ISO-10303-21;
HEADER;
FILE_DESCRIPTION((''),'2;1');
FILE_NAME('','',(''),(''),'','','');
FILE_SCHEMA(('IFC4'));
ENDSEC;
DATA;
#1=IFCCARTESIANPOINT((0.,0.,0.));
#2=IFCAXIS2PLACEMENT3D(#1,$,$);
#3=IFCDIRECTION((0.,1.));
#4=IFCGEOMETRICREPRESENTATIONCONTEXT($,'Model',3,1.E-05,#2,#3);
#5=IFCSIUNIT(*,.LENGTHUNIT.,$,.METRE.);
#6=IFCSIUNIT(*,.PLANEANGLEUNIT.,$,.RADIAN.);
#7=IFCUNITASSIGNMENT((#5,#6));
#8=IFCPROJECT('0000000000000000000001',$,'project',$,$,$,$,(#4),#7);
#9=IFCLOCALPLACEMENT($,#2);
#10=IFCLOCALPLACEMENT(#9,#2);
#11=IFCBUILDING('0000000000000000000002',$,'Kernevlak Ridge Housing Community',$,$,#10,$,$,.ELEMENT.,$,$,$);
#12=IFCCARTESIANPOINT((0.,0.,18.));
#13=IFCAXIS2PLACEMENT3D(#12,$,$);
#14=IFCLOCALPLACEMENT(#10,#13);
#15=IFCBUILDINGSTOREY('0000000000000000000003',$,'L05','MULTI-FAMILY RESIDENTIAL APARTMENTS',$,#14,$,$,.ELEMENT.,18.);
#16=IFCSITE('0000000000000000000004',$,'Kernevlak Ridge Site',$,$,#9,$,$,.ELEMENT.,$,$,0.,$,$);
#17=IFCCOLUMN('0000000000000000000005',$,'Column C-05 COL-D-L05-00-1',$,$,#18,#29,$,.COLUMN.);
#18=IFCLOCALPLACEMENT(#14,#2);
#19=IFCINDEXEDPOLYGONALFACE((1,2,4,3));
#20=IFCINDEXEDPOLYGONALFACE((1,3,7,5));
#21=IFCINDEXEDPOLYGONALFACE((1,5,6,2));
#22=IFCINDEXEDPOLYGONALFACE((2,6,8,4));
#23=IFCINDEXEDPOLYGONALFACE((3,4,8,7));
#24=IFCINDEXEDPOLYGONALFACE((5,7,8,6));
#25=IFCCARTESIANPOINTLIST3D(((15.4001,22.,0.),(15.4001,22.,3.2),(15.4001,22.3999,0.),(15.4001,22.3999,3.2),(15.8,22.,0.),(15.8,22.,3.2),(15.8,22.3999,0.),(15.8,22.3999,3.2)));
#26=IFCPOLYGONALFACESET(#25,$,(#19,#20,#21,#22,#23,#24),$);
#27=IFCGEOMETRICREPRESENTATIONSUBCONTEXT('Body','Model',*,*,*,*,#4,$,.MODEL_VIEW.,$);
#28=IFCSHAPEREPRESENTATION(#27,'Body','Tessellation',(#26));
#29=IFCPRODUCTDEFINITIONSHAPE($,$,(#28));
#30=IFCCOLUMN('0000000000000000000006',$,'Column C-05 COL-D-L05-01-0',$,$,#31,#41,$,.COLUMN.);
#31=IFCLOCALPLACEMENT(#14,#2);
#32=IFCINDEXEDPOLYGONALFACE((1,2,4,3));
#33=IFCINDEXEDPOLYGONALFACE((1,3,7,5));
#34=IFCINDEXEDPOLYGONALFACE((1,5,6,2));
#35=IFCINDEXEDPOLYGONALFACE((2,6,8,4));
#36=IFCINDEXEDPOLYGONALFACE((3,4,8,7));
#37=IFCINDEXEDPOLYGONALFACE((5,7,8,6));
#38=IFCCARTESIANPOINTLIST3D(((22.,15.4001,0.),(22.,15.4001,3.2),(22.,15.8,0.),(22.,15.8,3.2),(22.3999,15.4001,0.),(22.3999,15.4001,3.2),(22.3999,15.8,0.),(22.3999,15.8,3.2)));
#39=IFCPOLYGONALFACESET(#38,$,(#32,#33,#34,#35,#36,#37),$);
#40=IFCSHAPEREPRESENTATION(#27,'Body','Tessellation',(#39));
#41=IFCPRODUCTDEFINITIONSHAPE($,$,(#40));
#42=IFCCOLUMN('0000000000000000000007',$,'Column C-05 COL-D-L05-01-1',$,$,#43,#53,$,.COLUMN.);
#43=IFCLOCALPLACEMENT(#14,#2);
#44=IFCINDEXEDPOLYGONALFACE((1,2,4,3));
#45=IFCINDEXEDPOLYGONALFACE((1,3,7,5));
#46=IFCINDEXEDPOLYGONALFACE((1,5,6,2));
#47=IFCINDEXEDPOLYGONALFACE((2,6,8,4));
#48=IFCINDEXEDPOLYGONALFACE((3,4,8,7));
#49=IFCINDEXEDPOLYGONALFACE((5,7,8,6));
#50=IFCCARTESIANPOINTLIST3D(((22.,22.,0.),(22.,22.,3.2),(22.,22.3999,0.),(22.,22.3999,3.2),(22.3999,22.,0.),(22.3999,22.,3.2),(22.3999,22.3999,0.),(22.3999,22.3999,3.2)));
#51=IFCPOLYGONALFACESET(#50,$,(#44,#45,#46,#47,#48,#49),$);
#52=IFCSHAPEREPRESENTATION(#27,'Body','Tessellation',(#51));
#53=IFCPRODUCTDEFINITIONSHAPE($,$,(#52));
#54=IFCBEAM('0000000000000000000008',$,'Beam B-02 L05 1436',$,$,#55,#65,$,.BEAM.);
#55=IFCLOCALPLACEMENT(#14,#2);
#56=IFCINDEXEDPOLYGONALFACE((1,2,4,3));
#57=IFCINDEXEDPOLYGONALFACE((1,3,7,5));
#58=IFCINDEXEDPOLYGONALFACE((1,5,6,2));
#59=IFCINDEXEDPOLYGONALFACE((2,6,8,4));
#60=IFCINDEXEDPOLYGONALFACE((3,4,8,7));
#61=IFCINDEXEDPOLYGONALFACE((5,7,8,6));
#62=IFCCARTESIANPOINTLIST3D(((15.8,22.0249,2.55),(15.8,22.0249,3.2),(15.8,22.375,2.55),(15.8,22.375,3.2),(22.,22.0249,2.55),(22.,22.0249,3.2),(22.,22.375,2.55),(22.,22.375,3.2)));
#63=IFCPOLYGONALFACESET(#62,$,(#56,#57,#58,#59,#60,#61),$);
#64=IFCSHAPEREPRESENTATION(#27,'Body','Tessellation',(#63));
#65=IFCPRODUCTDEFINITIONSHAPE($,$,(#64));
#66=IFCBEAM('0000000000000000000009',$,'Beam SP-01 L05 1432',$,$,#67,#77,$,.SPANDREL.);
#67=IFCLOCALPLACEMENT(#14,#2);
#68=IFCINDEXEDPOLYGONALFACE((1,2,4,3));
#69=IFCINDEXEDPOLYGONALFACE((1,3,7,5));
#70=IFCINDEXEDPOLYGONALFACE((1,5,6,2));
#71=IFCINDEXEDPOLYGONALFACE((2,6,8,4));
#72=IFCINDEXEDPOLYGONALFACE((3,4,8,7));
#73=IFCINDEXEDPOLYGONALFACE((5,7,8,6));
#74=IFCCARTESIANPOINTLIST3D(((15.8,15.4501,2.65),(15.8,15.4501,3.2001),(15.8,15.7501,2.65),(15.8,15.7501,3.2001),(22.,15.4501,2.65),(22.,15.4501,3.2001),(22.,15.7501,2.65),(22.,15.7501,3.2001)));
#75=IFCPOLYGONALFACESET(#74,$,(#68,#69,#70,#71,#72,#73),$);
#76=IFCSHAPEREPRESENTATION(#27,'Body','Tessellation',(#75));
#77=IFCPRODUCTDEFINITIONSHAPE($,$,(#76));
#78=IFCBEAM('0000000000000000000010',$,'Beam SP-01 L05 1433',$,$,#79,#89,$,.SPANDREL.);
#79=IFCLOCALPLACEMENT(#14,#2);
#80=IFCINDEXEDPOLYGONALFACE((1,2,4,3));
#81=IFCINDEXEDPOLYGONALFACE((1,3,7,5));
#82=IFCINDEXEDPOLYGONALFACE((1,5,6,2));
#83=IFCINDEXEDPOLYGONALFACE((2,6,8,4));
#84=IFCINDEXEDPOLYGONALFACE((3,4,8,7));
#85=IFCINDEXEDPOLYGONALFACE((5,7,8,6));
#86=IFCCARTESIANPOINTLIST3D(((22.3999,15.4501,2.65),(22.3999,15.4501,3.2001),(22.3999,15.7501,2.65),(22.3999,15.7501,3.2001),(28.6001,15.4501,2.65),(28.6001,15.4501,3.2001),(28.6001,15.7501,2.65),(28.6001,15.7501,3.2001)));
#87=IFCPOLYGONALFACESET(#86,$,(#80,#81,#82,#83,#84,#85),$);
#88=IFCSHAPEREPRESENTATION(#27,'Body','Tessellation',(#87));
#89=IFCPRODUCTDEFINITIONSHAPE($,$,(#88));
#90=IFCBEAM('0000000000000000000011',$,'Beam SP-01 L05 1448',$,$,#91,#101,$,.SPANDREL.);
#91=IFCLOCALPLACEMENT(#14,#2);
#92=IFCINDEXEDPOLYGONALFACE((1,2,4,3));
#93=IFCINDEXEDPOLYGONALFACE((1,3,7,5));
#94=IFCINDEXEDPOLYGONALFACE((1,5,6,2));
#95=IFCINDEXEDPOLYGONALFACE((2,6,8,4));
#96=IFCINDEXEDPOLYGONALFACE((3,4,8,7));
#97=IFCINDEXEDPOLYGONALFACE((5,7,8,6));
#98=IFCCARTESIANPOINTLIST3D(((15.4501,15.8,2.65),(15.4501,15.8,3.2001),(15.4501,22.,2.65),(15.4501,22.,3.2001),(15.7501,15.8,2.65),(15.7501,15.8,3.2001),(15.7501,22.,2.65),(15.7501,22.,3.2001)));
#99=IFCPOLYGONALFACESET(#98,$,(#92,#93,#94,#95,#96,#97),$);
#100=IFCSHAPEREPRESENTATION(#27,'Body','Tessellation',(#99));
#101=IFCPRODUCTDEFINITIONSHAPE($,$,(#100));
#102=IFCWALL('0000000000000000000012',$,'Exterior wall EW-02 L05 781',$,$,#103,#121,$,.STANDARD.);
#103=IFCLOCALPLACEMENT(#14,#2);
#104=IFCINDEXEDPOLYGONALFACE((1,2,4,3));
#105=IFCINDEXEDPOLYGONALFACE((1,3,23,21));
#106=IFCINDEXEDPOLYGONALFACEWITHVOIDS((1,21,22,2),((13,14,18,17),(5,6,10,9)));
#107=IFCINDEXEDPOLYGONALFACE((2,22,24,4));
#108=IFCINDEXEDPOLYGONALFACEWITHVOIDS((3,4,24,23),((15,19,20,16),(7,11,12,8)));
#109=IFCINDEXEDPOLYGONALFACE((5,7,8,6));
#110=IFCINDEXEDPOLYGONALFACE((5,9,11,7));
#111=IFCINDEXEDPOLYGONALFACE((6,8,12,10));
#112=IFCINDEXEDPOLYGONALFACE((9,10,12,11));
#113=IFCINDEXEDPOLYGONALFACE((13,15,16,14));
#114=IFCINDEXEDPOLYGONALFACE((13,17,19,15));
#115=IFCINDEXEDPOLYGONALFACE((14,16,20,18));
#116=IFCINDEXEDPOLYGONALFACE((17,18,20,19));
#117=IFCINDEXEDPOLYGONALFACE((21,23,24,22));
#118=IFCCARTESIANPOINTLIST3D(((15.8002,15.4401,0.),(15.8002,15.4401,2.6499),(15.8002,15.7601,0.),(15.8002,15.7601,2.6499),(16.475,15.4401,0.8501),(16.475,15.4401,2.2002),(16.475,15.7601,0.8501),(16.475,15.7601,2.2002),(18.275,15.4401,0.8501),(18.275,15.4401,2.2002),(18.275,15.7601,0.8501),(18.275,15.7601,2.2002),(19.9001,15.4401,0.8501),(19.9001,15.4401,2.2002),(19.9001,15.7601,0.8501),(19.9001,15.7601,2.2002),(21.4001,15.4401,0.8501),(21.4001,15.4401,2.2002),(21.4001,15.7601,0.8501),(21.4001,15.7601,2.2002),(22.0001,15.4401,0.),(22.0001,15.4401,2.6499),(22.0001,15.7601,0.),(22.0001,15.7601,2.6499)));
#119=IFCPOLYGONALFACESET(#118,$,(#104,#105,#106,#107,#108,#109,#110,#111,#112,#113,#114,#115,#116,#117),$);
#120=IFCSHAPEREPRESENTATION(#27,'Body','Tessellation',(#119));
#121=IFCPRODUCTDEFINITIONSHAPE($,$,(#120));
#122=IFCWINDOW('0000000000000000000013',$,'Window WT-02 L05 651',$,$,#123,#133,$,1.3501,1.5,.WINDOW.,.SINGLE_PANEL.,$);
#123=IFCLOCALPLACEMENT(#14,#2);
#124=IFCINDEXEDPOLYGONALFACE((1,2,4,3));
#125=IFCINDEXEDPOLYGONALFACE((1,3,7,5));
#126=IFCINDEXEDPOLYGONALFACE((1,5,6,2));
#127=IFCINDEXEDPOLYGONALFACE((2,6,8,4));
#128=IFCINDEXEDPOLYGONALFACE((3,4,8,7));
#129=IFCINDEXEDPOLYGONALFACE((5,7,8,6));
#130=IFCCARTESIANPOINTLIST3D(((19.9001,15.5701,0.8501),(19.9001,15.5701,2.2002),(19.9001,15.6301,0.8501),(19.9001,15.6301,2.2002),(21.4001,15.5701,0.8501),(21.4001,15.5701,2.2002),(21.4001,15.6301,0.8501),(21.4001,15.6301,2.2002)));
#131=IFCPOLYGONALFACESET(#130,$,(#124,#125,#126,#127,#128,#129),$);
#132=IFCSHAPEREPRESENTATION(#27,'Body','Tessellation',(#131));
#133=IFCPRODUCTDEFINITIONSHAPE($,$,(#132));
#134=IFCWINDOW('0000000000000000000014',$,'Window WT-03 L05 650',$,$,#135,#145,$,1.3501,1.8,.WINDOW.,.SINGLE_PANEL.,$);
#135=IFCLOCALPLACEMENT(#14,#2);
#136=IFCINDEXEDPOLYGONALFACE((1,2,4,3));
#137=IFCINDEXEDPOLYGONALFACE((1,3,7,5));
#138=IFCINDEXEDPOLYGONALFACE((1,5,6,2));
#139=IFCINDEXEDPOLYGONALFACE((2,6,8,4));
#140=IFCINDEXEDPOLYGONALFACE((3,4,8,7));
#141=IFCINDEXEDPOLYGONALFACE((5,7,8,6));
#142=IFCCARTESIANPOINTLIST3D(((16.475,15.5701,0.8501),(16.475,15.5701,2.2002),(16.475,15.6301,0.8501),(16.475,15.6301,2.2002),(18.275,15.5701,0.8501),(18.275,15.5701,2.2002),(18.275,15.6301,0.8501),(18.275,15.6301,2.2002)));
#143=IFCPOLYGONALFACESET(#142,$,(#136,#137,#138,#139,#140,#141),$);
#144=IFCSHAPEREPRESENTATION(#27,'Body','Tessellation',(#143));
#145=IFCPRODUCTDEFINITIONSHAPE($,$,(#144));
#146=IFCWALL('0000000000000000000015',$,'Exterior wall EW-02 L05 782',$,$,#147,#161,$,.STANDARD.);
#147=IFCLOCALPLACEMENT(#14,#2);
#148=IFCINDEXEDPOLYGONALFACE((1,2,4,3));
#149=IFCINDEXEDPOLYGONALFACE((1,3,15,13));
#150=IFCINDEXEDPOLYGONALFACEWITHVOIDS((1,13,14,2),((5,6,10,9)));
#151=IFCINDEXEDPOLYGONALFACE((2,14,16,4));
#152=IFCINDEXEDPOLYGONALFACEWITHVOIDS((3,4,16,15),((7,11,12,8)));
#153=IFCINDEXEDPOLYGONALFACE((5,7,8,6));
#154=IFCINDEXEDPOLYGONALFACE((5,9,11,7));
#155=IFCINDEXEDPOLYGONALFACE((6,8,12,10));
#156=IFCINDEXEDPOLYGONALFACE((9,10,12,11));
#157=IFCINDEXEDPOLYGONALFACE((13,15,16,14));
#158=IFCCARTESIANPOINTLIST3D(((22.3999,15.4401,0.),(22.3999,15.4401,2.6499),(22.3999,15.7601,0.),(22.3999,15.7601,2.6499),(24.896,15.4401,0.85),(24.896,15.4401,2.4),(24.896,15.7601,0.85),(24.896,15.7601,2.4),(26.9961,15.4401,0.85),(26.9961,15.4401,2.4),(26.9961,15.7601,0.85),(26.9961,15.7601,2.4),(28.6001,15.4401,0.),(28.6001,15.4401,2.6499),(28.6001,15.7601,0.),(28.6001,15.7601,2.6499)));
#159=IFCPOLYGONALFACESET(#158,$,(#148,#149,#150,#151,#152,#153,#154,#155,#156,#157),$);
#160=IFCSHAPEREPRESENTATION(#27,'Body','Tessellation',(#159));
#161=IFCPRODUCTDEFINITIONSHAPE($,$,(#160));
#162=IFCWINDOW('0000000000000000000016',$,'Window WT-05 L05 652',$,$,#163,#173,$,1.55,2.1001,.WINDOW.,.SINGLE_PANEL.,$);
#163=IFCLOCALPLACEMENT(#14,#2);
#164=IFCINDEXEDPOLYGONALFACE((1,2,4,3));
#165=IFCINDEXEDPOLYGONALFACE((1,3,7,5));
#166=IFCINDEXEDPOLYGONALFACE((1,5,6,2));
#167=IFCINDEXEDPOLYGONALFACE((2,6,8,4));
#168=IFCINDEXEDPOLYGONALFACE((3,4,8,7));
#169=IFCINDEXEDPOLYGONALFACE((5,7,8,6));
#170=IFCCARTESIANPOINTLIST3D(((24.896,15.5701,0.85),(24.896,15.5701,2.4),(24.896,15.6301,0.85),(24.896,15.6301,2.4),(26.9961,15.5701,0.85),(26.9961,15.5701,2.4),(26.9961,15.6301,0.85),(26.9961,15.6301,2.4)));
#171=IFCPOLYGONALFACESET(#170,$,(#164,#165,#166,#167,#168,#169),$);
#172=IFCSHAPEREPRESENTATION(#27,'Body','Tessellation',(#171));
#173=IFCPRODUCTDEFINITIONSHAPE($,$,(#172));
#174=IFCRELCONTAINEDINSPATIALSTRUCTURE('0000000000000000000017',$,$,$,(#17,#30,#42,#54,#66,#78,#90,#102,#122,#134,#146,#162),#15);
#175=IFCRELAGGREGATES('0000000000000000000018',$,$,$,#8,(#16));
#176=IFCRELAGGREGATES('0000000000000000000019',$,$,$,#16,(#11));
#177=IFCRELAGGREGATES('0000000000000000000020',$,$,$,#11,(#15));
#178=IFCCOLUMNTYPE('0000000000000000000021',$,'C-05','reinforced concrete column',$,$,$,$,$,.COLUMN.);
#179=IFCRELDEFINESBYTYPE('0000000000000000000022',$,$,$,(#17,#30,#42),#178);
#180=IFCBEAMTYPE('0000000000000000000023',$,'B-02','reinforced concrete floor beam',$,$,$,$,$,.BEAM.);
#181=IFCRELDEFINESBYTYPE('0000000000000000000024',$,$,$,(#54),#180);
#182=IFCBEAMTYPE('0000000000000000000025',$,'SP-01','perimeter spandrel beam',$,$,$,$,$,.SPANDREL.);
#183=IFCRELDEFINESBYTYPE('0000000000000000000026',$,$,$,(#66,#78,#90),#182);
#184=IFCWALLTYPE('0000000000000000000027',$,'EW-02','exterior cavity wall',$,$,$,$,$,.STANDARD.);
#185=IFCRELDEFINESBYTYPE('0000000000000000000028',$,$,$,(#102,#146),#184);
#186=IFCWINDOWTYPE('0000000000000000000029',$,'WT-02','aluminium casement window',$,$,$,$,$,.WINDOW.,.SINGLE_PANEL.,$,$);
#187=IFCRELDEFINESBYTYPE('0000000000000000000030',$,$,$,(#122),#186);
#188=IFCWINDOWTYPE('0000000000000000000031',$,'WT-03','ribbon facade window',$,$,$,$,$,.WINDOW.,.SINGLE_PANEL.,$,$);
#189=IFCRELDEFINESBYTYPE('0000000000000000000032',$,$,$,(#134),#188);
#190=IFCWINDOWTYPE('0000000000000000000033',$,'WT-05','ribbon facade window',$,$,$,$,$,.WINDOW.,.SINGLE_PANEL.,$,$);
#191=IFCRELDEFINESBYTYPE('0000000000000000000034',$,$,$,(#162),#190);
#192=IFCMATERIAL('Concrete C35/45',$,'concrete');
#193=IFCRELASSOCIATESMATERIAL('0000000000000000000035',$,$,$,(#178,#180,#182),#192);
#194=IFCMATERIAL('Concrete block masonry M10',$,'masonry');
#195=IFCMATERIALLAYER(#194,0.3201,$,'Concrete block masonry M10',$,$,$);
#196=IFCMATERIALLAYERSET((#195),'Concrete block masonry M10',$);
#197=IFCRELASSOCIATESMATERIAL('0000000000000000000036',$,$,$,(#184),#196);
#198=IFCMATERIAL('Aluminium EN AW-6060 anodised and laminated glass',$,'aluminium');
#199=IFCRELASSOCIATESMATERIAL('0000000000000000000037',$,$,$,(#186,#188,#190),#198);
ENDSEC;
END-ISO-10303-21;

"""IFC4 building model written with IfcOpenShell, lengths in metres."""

from ifc_helpers import new_model, si_unit, direction, frame, frame_2d, origin, origin_2d, place, context, subcontext, project, spatial, rectangle, extrude, material, layer, layer_set, material_profile, profile_set, type_object, element, fill, save


model = new_model("IFC4")

# Units and contexts
model_context = context("Model", 3, precision=1e-05, world=origin(), true_north=direction((0.0, 1.0)))
body_context = subcontext(model_context, "Body", "Model", "MODEL_VIEW")
ifc_project = project(units=[si_unit("LENGTHUNIT", "METRE"), si_unit("PLANEANGLEUNIT", "RADIAN")], contexts=[model_context])

# Site, building, storey
site_placement = place(None, origin())
site = spatial("IfcSite", under=ifc_project, at=site_placement, Name="Kernevlak Ridge Site", CompositionType="ELEMENT", RefElevation=0.0)
building_placement = place(site_placement, origin())
building = spatial("IfcBuilding", under=site, at=building_placement, Name="Kernevlak Ridge Housing Community", CompositionType="ELEMENT")
storey_placement = place(building_placement, frame((0.0, 0.0, 18.0)))
storey = spatial("IfcBuildingStorey", under=building, at=storey_placement, Name="L05", Description="MULTI-FAMILY RESIDENTIAL APARTMENTS", CompositionType="ELEMENT", Elevation=18.0)

# Columns
ifc_material_1 = material(Name="Concrete C35/45", Category="concrete")
ifc_material_profile_1 = material_profile(ifc_material_1, rectangle(XDim=0.3999, YDim=0.3999, at=origin_2d()), Name="RC 400x400")
ifc_profile_set_1 = profile_set([ifc_material_profile_1], Name="Concrete C35/45")
column_type = type_object("IfcColumnType", Name="C-05", Description="reinforced concrete column", PredefinedType="COLUMN", material=ifc_profile_set_1)
for number, where, z_axis, x_axis, name in (
    (1, (15.6001, 22.2, 0.0), (0.0, 0.0, 1.0), (1.0, 0.0, 0.0), "Column C-05 COL-D-L05-00-1"),
    (2, (22.2, 15.6001, 0.0), (0.0, 0.0, 1.0), (1.0, 0.0, 0.0), "Column C-05 COL-D-L05-01-0"),
    (3, (22.2, 22.2, 0.0), (0.0, 0.0, 1.0), (1.0, 0.0, 0.0), "Column C-05 COL-D-L05-01-1"),
):
    element("IfcColumn", number, at=place(storey_placement, frame(where, z_axis=z_axis, x_axis=x_axis)), inside=storey, type_object=column_type, Name=name, PredefinedType="COLUMN", context=body_context, shape_type="SweptSolid", body=[
        extrude(rectangle(XDim=0.3999, YDim=0.3999, at=origin_2d()), origin(), (0.0, 0.0, 1.0), 3.2),
    ])

# Beams
ifc_material_profile_2 = material_profile(ifc_material_1, rectangle(XDim=0.3501, YDim=0.6499, at=origin_2d()), Name="RC 350x650")
ifc_profile_set_2 = profile_set([ifc_material_profile_2], Name="Concrete C35/45")
beam_type_1 = type_object("IfcBeamType", Name="B-02", Description="reinforced concrete floor beam", PredefinedType="BEAM", material=ifc_profile_set_2)
beam_1_placement = place(storey_placement, frame((15.8, 22.2, 2.875), z_axis=(1.0, 0.0, 0.0), x_axis=(0.0, 1.0, 0.0)))
element("IfcBeam", 4, at=beam_1_placement, inside=storey, type_object=beam_type_1, Name="Beam B-02 L05 1436", PredefinedType="BEAM", context=body_context, shape_type="SweptSolid", body=[
    extrude(rectangle(XDim=0.3501, YDim=0.6499, at=origin_2d()), origin(), (0.0, 0.0, 1.0), 6.2),
])
ifc_material_profile_3 = material_profile(ifc_material_1, rectangle(XDim=0.3, YDim=0.55, at=origin_2d()), Name="RC 300x550")
ifc_profile_set_3 = profile_set([ifc_material_profile_3], Name="Concrete C35/45")
beam_type_2 = type_object("IfcBeamType", Name="SP-01", Description="perimeter spandrel beam", PredefinedType="SPANDREL", material=ifc_profile_set_3)
beam_2_placement = place(storey_placement, frame((15.8, 15.6001, 2.925), z_axis=(1.0, 0.0, 0.0), x_axis=(0.0, 1.0, 0.0)))
element("IfcBeam", 5, at=beam_2_placement, inside=storey, type_object=beam_type_2, Name="Beam SP-01 L05 1432", PredefinedType="SPANDREL", context=body_context, shape_type="SweptSolid", body=[
    extrude(rectangle(XDim=0.3, YDim=0.55, at=origin_2d()), origin(), (0.0, 0.0, 1.0), 6.2),
])
beam_3_placement = place(storey_placement, frame((22.3999, 15.6001, 2.925), z_axis=(1.0, 0.0, 0.0), x_axis=(0.0, 1.0, 0.0)))
element("IfcBeam", 6, at=beam_3_placement, inside=storey, type_object=beam_type_2, Name="Beam SP-01 L05 1433", PredefinedType="SPANDREL", context=body_context, shape_type="SweptSolid", body=[
    extrude(rectangle(XDim=0.3, YDim=0.55, at=origin_2d()), origin(), (0.0, 0.0, 1.0), 6.2002),
])
beam_4_placement = place(storey_placement, frame((15.6001, 15.8, 2.925), z_axis=(0.0, 1.0, 0.0), x_axis=(-1.0, 0.0, 0.0)))
element("IfcBeam", 7, at=beam_4_placement, inside=storey, type_object=beam_type_2, Name="Beam SP-01 L05 1448", PredefinedType="SPANDREL", context=body_context, shape_type="SweptSolid", body=[
    extrude(rectangle(XDim=0.3, YDim=0.55, at=origin_2d()), origin(), (0.0, 0.0, 1.0), 6.2),
])

# Wall, openings, windows
ifc_material_2 = material(Name="Concrete block masonry M10", Category="masonry")
ifc_layer_1 = layer(ifc_material_2, 0.3201, Name="Concrete block masonry M10")
ifc_layer_set_1 = layer_set([ifc_layer_1], Name="Concrete block masonry M10")
wall_type_1 = type_object("IfcWallType", Name="EW-02", Description="exterior cavity wall", PredefinedType="STANDARD", material=ifc_layer_set_1)
wall_1_placement = place(storey_placement, frame((15.8, 15.6001, 0.0), z_axis=(0.0, 0.0, 1.0), x_axis=(1.0, 0.0, 0.0)))
wall_1 = element("IfcWall", 8, at=wall_1_placement, inside=storey, type_object=wall_type_1, Name="Exterior wall EW-02 L05 781", PredefinedType="STANDARD", context=body_context, shape_type="SweptSolid", body=[
    extrude(rectangle(XDim=6.2, YDim=0.3201, at=frame_2d((3.1001, 0.0))), origin(), (0.0, 0.0, 1.0), 2.6499),
])
opening_1_placement = place(wall_1_placement, frame((0.675, 0.0, 0.8501)))
opening_1 = element("IfcOpeningElement", 9, at=opening_1_placement, cuts=wall_1, PredefinedType="OPENING", context=body_context, shape_type="SweptSolid", body=[
    extrude(rectangle(XDim=1.8, YDim=1.3501, at=frame_2d((0.8999, 0.675))), frame((0.0, 0.1699, 0.0), z_axis=(0.0, -1.0, 0.0), x_axis=(1.0, 0.0, 0.0)), (0.0, 0.0, 1.0), 0.3401),
])
opening_2_placement = place(wall_1_placement, frame((4.1001, 0.0, 0.8501)))
opening_2 = element("IfcOpeningElement", 10, at=opening_2_placement, cuts=wall_1, PredefinedType="OPENING", context=body_context, shape_type="SweptSolid", body=[
    extrude(rectangle(XDim=1.5, YDim=1.3501, at=frame_2d((0.75, 0.675))), frame((0.0, 0.1699, 0.0), z_axis=(0.0, -1.0, 0.0), x_axis=(1.0, 0.0, 0.0)), (0.0, 0.0, 1.0), 0.3401),
])
ifc_material_3 = material(Name="Aluminium EN AW-6060 anodised and laminated glass", Category="aluminium")
window_type_1 = type_object("IfcWindowType", Name="WT-02", Description="aluminium casement window", PartitioningType="SINGLE_PANEL", PredefinedType="WINDOW", material=ifc_material_3)
window_1_placement = place(opening_2_placement, origin())
window_1 = element("IfcWindow", 11, at=window_1_placement, inside=storey, type_object=window_type_1, Name="Window WT-02 L05 651", OverallHeight=1.3501, OverallWidth=1.5, PartitioningType="SINGLE_PANEL", PredefinedType="WINDOW", context=body_context, shape_type="SweptSolid", body=[
    extrude(rectangle(XDim=1.5, YDim=1.3501, at=frame_2d((0.75, 0.675))), frame((0.0, 0.03, 0.0), z_axis=(0.0, -1.0, 0.0), x_axis=(1.0, 0.0, 0.0)), (0.0, 0.0, 1.0), 0.0601),
])
fill(opening_2, window_1)
window_type_2 = type_object("IfcWindowType", Name="WT-03", Description="ribbon facade window", PartitioningType="SINGLE_PANEL", PredefinedType="WINDOW", material=ifc_material_3)
window_2_placement = place(opening_1_placement, origin())
window_2 = element("IfcWindow", 12, at=window_2_placement, inside=storey, type_object=window_type_2, Name="Window WT-03 L05 650", OverallHeight=1.3501, OverallWidth=1.8, PartitioningType="SINGLE_PANEL", PredefinedType="WINDOW", context=body_context, shape_type="SweptSolid", body=[
    extrude(rectangle(XDim=1.8, YDim=1.3501, at=frame_2d((0.8999, 0.675))), frame((0.0, 0.03, 0.0), z_axis=(0.0, -1.0, 0.0), x_axis=(1.0, 0.0, 0.0)), (0.0, 0.0, 1.0), 0.0601),
])
fill(opening_1, window_2)

# Wall, opening, window
wall_2_placement = place(storey_placement, frame((22.3999, 15.6001, 0.0), z_axis=(0.0, 0.0, 1.0), x_axis=(1.0, 0.0, 0.0)))
wall_2 = element("IfcWall", 13, at=wall_2_placement, inside=storey, type_object=wall_type_1, Name="Exterior wall EW-02 L05 782", PredefinedType="STANDARD", context=body_context, shape_type="SweptSolid", body=[
    extrude(rectangle(XDim=6.2002, YDim=0.3201, at=frame_2d((3.1001, 0.0))), origin(), (0.0, 0.0, 1.0), 2.6499),
])
opening_3_placement = place(wall_2_placement, frame((2.4961, 0.0, 0.8501)))
opening_3 = element("IfcOpeningElement", 14, at=opening_3_placement, cuts=wall_2, PredefinedType="OPENING", context=body_context, shape_type="SweptSolid", body=[
    extrude(rectangle(XDim=2.1001, YDim=1.55, at=frame_2d((1.05, 0.7749))), frame((0.0, 0.1699, 0.0), z_axis=(0.0, -1.0, 0.0), x_axis=(1.0, 0.0, 0.0)), (0.0, 0.0, 1.0), 0.3401),
])
window_type_3 = type_object("IfcWindowType", Name="WT-05", Description="ribbon facade window", PartitioningType="SINGLE_PANEL", PredefinedType="WINDOW", material=ifc_material_3)
window_3_placement = place(opening_3_placement, origin())
window_3 = element("IfcWindow", 15, at=window_3_placement, inside=storey, type_object=window_type_3, Name="Window WT-05 L05 652", OverallHeight=1.55, OverallWidth=2.1001, PartitioningType="SINGLE_PANEL", PredefinedType="WINDOW", context=body_context, shape_type="SweptSolid", body=[
    extrude(rectangle(XDim=2.1001, YDim=1.55, at=frame_2d((1.05, 0.7749))), frame((0.0, 0.03, 0.0), z_axis=(0.0, -1.0, 0.0), x_axis=(1.0, 0.0, 0.0)), (0.0, 0.0, 1.0), 0.0601),
])
fill(opening_3, window_3)

save(model, "model.ifc")
